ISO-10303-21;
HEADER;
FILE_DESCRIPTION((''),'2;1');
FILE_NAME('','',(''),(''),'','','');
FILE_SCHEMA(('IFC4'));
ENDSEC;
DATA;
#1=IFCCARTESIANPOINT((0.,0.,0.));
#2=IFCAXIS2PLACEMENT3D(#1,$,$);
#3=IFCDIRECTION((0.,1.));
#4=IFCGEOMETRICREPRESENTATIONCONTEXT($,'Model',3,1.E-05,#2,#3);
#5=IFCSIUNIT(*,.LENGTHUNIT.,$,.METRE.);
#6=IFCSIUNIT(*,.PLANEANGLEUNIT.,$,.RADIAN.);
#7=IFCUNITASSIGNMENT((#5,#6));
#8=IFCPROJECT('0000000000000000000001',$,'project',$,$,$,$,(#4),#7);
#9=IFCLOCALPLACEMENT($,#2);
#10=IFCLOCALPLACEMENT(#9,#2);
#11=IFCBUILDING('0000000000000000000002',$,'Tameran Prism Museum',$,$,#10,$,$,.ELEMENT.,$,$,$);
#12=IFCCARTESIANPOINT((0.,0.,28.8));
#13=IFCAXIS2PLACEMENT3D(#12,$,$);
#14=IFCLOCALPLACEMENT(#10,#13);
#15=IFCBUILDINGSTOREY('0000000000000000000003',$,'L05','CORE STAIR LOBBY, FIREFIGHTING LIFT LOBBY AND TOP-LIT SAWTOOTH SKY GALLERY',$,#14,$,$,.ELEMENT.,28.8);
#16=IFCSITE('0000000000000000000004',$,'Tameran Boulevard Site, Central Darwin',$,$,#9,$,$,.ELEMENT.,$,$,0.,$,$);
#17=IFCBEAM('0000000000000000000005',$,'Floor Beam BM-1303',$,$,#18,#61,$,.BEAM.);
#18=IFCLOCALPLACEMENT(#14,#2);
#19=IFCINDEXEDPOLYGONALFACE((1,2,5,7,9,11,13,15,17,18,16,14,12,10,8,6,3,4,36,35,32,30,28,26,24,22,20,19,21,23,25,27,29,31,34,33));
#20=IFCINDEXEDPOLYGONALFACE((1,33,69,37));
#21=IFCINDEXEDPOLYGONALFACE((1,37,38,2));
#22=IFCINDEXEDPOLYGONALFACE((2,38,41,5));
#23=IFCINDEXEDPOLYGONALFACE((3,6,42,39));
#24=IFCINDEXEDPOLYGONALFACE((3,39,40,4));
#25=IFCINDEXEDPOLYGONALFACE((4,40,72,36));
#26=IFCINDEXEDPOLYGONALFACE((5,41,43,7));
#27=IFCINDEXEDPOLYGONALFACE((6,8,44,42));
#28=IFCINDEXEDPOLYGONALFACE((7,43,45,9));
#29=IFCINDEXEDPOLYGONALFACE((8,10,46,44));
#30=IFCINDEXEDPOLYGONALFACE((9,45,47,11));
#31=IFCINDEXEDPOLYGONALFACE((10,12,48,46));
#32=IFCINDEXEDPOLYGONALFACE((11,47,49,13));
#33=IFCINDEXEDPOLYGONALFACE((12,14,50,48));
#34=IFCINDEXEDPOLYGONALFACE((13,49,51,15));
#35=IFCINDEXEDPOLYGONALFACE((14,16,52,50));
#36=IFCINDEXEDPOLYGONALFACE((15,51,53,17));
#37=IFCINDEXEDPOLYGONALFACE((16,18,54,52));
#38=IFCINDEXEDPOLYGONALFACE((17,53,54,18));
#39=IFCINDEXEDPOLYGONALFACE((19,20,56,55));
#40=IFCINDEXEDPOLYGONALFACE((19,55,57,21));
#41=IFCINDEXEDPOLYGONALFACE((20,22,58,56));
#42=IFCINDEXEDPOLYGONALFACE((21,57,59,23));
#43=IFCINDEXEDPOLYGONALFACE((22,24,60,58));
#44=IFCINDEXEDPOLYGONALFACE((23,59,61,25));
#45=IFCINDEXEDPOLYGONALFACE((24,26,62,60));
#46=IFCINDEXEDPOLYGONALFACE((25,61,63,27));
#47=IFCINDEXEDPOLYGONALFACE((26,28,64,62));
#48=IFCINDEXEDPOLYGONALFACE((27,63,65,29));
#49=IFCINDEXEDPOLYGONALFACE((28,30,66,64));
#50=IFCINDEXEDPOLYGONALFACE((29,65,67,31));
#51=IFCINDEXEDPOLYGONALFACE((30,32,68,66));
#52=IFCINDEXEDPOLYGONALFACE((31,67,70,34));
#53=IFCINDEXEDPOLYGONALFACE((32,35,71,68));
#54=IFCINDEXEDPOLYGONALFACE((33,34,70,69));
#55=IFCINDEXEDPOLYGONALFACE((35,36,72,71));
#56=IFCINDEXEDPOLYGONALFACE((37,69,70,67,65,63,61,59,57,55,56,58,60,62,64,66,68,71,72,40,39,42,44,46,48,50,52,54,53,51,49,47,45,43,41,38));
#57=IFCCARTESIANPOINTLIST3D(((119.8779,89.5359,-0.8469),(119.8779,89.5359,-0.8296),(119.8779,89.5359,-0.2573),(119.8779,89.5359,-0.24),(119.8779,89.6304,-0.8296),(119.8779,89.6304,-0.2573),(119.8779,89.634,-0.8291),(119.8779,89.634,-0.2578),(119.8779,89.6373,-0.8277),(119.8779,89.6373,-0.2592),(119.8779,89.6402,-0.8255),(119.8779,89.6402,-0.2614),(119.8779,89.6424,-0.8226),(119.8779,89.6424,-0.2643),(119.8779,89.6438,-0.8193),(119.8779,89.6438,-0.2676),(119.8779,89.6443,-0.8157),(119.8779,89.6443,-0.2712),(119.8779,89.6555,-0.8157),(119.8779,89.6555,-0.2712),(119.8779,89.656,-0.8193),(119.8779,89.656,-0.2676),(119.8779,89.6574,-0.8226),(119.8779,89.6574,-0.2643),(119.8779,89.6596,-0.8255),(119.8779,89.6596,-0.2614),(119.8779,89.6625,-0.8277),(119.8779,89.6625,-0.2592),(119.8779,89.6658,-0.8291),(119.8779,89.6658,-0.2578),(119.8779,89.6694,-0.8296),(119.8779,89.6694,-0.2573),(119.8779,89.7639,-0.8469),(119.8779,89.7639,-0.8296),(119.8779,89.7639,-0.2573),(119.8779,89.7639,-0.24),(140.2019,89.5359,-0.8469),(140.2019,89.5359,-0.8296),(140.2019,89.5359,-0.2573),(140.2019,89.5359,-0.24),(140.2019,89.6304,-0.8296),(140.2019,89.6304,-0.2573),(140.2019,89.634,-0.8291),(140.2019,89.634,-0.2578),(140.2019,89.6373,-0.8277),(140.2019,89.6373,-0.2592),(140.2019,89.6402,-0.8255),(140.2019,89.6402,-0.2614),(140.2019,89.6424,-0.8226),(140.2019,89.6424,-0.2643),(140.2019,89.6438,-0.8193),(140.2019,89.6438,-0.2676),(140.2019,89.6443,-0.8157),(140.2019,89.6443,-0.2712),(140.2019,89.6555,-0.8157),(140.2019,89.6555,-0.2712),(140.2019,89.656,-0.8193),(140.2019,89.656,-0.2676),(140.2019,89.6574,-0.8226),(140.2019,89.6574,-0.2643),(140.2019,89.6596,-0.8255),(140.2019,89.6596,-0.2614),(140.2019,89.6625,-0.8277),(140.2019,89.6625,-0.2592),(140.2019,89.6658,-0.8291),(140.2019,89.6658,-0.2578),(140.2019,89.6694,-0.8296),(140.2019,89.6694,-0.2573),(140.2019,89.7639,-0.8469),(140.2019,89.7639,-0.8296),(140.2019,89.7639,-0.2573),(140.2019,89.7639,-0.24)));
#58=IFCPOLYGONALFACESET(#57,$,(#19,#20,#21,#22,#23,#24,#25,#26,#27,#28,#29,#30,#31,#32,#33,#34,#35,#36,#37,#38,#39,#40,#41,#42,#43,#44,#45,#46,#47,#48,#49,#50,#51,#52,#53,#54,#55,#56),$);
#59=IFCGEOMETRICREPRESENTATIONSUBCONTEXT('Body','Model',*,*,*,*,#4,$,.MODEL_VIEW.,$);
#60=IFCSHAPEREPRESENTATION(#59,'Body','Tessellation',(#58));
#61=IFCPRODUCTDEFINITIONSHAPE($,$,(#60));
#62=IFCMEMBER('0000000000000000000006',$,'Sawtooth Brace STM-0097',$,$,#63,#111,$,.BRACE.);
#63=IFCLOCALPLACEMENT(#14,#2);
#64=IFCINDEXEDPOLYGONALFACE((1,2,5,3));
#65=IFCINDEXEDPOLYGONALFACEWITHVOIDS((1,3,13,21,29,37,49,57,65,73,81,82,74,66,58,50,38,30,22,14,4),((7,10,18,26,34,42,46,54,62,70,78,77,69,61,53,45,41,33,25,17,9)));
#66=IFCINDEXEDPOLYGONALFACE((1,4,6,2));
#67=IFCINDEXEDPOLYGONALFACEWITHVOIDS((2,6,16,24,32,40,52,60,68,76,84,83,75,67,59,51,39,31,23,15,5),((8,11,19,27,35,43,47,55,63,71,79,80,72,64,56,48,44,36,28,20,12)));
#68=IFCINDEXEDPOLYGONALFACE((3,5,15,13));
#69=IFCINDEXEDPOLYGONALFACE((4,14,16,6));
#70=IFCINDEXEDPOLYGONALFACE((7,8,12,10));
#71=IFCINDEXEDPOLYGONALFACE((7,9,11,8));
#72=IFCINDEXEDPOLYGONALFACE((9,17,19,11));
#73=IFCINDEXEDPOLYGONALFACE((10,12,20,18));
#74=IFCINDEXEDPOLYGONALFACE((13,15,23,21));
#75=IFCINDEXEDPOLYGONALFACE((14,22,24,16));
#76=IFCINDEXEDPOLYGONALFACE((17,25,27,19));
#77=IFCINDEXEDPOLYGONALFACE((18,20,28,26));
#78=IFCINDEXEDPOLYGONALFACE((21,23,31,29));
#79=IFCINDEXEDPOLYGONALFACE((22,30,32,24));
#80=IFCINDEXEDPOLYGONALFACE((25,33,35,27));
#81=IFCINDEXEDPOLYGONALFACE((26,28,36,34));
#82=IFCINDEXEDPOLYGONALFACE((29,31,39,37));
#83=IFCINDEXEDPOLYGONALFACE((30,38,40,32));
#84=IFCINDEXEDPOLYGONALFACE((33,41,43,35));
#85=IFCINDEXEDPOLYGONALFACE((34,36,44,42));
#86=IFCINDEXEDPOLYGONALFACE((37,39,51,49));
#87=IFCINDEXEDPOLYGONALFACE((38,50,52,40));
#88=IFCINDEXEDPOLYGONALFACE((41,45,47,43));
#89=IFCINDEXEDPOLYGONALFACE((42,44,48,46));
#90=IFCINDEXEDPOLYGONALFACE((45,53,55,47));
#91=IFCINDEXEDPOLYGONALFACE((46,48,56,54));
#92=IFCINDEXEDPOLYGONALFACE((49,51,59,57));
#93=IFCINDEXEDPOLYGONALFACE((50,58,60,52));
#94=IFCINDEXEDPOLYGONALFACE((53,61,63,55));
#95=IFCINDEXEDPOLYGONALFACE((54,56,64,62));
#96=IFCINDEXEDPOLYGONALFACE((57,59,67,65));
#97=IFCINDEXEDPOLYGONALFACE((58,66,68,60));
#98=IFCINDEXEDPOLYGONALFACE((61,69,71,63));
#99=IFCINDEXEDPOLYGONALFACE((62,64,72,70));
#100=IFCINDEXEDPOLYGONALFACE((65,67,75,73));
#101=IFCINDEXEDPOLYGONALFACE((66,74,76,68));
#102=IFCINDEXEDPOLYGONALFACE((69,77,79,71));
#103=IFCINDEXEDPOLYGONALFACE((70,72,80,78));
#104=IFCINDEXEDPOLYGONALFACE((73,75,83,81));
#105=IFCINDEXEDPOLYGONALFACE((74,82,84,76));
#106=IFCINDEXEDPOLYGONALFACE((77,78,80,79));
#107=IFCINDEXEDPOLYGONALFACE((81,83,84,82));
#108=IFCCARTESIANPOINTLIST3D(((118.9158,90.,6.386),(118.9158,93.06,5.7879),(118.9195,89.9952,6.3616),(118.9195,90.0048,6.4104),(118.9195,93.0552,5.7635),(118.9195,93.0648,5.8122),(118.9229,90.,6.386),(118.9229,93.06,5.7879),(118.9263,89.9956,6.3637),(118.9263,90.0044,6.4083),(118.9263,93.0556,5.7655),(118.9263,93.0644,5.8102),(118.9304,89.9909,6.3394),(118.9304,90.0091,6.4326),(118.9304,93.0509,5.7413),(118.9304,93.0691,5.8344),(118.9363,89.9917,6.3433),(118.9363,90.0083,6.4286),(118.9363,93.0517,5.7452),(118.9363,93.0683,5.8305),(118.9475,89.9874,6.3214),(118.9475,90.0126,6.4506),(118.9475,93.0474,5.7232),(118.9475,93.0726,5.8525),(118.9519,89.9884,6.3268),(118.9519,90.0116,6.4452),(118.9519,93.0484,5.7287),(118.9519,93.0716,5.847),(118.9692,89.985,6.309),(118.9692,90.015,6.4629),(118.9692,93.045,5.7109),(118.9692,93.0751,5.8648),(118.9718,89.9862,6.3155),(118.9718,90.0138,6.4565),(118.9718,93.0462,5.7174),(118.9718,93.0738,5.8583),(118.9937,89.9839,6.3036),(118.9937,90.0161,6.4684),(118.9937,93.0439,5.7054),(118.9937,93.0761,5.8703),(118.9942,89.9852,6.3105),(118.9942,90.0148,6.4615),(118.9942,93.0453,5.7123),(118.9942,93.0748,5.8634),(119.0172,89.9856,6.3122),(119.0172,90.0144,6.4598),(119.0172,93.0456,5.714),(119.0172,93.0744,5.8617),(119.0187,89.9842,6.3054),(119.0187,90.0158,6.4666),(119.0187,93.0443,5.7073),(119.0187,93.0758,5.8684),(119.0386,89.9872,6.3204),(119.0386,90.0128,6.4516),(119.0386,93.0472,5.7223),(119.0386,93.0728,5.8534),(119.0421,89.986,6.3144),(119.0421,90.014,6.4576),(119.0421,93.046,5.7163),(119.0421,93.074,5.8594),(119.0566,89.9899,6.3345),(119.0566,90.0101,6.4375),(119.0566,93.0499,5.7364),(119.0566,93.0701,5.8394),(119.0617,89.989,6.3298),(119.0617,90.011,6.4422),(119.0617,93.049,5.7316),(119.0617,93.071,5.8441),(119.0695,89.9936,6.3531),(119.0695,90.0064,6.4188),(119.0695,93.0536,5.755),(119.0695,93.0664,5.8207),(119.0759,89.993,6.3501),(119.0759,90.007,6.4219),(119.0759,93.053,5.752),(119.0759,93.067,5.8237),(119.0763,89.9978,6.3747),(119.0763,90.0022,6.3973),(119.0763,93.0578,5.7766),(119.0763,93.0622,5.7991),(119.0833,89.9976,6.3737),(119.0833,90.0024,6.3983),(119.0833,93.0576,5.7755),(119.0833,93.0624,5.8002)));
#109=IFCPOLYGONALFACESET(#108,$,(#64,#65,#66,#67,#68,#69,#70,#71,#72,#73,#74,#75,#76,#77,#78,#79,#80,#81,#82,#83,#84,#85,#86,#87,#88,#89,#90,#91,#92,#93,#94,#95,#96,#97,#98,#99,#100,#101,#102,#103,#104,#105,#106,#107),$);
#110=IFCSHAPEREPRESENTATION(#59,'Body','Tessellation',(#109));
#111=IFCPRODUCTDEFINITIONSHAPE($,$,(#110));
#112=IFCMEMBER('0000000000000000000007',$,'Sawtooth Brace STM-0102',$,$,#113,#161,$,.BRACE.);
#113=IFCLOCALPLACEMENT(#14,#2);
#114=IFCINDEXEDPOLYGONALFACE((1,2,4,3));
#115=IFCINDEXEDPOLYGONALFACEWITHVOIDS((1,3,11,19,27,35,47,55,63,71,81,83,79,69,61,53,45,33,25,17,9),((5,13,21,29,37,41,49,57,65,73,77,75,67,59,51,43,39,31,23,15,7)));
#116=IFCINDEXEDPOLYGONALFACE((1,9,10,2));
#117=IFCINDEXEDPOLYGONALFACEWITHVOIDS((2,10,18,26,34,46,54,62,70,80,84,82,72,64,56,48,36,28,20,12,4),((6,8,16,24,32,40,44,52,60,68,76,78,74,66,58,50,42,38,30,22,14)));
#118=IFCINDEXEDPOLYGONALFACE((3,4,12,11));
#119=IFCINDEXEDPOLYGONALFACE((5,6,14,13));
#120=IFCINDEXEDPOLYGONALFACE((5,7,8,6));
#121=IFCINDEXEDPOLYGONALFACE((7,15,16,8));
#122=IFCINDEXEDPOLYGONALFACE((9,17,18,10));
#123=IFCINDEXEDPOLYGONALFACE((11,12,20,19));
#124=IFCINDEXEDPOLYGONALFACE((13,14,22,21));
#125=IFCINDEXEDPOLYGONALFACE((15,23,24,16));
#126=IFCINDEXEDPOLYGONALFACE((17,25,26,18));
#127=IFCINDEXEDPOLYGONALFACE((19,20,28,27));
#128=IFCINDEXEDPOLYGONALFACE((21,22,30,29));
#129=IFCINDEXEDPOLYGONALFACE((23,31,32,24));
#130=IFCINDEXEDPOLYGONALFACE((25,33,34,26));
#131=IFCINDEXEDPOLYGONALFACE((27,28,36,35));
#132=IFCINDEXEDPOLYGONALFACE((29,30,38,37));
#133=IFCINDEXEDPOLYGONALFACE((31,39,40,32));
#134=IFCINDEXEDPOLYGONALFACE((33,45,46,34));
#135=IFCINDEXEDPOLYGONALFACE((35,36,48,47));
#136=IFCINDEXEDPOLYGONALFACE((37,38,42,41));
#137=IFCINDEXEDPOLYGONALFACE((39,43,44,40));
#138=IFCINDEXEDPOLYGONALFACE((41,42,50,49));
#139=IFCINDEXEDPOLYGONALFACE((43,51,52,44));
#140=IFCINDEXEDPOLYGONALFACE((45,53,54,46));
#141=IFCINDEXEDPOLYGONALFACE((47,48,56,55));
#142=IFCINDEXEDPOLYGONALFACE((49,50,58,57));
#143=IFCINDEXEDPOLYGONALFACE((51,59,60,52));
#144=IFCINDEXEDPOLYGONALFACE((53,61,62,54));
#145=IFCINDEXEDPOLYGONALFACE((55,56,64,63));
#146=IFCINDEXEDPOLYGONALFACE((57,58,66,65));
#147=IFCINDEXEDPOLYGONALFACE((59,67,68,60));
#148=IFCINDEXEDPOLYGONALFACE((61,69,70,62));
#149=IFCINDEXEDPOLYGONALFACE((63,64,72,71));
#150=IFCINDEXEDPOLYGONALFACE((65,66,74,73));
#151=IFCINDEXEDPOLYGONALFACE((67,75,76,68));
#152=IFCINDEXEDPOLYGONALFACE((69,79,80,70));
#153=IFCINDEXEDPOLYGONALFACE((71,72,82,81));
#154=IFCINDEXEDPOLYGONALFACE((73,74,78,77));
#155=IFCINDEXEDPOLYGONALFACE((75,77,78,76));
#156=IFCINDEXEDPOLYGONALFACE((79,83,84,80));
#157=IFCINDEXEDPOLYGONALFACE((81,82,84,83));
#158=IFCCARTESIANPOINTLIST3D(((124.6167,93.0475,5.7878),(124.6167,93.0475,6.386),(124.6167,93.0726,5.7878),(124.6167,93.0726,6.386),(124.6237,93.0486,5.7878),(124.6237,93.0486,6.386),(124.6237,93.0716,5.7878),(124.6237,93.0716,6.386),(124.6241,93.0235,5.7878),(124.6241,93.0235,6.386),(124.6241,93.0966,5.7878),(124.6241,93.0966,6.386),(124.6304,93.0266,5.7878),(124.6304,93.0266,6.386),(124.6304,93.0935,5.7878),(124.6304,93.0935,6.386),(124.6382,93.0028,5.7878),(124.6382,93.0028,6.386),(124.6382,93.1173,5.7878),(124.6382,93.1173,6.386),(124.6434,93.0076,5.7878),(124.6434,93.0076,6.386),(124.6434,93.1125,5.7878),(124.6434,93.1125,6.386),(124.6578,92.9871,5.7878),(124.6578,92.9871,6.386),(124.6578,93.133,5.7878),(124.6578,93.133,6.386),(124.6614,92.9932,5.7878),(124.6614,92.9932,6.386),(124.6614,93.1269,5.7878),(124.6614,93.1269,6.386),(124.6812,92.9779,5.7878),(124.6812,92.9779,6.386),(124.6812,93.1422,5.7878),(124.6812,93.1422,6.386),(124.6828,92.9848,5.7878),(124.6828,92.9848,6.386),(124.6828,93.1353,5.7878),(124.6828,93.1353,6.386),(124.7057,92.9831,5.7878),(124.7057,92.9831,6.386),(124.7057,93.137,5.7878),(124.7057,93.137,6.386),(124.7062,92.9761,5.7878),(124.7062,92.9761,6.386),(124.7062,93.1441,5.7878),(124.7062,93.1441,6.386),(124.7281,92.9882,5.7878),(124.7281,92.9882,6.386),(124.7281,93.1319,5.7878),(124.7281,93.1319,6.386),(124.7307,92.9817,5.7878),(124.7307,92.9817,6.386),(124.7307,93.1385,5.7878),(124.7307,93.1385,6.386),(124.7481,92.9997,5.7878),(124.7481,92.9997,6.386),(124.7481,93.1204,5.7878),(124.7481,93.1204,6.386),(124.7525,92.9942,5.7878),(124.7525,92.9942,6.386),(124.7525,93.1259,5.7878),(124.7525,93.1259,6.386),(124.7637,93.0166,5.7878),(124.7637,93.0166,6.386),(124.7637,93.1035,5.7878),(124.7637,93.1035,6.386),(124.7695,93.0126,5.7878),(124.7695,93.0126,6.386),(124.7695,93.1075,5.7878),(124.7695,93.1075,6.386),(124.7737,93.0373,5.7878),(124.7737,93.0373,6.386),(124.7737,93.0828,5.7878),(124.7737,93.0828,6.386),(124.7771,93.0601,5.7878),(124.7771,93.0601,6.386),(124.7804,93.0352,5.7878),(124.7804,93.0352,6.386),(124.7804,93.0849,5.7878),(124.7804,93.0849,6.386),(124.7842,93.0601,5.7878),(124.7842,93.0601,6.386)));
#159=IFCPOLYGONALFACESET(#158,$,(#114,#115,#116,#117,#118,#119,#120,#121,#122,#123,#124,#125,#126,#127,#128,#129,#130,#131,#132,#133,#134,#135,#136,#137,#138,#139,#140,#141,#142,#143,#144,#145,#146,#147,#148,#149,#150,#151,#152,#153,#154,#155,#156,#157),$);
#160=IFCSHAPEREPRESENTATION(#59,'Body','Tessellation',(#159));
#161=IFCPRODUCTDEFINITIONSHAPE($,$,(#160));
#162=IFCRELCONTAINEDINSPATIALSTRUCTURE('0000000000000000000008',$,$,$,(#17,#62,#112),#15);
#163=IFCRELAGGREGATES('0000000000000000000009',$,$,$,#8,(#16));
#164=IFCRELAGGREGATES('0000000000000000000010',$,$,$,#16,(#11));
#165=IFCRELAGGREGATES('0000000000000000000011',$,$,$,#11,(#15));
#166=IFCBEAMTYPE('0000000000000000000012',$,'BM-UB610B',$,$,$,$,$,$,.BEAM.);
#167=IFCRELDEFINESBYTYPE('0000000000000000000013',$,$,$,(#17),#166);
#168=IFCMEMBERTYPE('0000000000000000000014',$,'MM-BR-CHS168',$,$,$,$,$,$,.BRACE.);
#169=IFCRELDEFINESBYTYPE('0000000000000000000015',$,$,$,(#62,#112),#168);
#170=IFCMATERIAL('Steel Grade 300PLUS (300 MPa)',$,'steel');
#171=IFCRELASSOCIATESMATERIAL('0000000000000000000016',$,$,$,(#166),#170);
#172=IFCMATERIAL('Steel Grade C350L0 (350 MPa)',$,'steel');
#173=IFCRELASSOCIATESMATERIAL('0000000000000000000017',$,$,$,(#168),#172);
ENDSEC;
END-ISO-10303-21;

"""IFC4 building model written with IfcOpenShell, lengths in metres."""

from ifc_helpers import new_model, si_unit, direction, frame, origin, origin_2d, place, context, subcontext, project, spatial, hollow_circle, i_section, extrude, material, material_profile, profile_set, type_object, element, save


model = new_model("IFC4")

# Units and contexts
model_context = context("Model", 3, precision=1e-05, world=origin(), true_north=direction((0.0, 1.0)))
body_context = subcontext(model_context, "Body", "Model", "MODEL_VIEW")
ifc_project = project(units=[si_unit("LENGTHUNIT", "METRE"), si_unit("PLANEANGLEUNIT", "RADIAN")], contexts=[model_context])

# Site, building, storey
site_placement = place(None, origin())
site = spatial("IfcSite", under=ifc_project, at=site_placement, Name="Tameran Boulevard Site, Central Darwin", CompositionType="ELEMENT", RefElevation=0.0)
building_placement = place(site_placement, origin())
building = spatial("IfcBuilding", under=site, at=building_placement, Name="Tameran Prism Museum", CompositionType="ELEMENT")
storey_placement = place(building_placement, frame((0.0, 0.0, 28.8)))
storey = spatial("IfcBuildingStorey", under=building, at=storey_placement, Name="L05", Description="CORE STAIR LOBBY, FIREFIGHTING LIFT LOBBY AND TOP-LIT SAWTOOTH SKY GALLERY", CompositionType="ELEMENT", Elevation=28.8)

# Beam
ifc_material_1 = material(Name="Steel Grade 300PLUS (300 MPa)", Category="steel")
ifc_material_profile_1 = material_profile(ifc_material_1, i_section(OverallWidth=0.228, OverallDepth=0.6069, WebThickness=0.0112, FlangeThickness=0.0173, FilletRadius=0.0139, at=origin_2d()))
ifc_profile_set_1 = profile_set([ifc_material_profile_1])
beam_type = type_object("IfcBeamType", Name="BM-UB610B", PredefinedType="BEAM", material=ifc_profile_set_1)
beam_placement = place(storey_placement, frame((119.8779, 89.6499, -0.5435), z_axis=(1.0, 0.0, 0.0), x_axis=(0.0, 1.0, 0.0)))
element("IfcBeam", 1, at=beam_placement, inside=storey, type_object=beam_type, Name="Floor Beam BM-1303", PredefinedType="BEAM", context=body_context, shape_type="SweptSolid", body=[
    extrude(i_section(OverallWidth=0.228, OverallDepth=0.6069, WebThickness=0.0112, FlangeThickness=0.0173, FilletRadius=0.0139, at=origin_2d()), origin(), (0.0, 0.0, 1.0), 20.324),
])

# Members
ifc_material_2 = material(Name="Steel Grade C350L0 (350 MPa)", Category="steel")
ifc_material_profile_2 = material_profile(ifc_material_2, hollow_circle(Radius=0.0842, WallThickness=0.0071, at=origin_2d()))
ifc_profile_set_2 = profile_set([ifc_material_profile_2])
member_type_1 = type_object("IfcMemberType", Name="MM-BR-CHS168", PredefinedType="BRACE", material=ifc_profile_set_2)
member_1_placement = place(storey_placement, frame((119.0, 90.0, 6.386), z_axis=(0.0, 0.981427, -0.191838), x_axis=(-1.0, 0.0, 0.0)))
element("IfcMember", 2, at=member_1_placement, inside=storey, type_object=member_type_1, Name="Sawtooth Brace STM-0097", PredefinedType="BRACE", context=body_context, shape_type="SweptSolid", body=[
    extrude(hollow_circle(Radius=0.0842, WallThickness=0.0071, at=origin_2d()), origin(), (0.0, 0.0, 1.0), 3.1179),
])
member_2_placement = place(storey_placement, frame((124.7, 93.0601, 6.386), z_axis=(0.0, 0.0, -1.0), x_axis=(1.0, 0.0, 0.0)))
element("IfcMember", 3, at=member_2_placement, inside=storey, type_object=member_type_1, Name="Sawtooth Brace STM-0102", PredefinedType="BRACE", context=body_context, shape_type="SweptSolid", body=[
    extrude(hollow_circle(Radius=0.0842, WallThickness=0.0071, at=origin_2d()), origin(), (0.0, 0.0, 1.0), 0.5981),
])

save(model, "model.ifc")
